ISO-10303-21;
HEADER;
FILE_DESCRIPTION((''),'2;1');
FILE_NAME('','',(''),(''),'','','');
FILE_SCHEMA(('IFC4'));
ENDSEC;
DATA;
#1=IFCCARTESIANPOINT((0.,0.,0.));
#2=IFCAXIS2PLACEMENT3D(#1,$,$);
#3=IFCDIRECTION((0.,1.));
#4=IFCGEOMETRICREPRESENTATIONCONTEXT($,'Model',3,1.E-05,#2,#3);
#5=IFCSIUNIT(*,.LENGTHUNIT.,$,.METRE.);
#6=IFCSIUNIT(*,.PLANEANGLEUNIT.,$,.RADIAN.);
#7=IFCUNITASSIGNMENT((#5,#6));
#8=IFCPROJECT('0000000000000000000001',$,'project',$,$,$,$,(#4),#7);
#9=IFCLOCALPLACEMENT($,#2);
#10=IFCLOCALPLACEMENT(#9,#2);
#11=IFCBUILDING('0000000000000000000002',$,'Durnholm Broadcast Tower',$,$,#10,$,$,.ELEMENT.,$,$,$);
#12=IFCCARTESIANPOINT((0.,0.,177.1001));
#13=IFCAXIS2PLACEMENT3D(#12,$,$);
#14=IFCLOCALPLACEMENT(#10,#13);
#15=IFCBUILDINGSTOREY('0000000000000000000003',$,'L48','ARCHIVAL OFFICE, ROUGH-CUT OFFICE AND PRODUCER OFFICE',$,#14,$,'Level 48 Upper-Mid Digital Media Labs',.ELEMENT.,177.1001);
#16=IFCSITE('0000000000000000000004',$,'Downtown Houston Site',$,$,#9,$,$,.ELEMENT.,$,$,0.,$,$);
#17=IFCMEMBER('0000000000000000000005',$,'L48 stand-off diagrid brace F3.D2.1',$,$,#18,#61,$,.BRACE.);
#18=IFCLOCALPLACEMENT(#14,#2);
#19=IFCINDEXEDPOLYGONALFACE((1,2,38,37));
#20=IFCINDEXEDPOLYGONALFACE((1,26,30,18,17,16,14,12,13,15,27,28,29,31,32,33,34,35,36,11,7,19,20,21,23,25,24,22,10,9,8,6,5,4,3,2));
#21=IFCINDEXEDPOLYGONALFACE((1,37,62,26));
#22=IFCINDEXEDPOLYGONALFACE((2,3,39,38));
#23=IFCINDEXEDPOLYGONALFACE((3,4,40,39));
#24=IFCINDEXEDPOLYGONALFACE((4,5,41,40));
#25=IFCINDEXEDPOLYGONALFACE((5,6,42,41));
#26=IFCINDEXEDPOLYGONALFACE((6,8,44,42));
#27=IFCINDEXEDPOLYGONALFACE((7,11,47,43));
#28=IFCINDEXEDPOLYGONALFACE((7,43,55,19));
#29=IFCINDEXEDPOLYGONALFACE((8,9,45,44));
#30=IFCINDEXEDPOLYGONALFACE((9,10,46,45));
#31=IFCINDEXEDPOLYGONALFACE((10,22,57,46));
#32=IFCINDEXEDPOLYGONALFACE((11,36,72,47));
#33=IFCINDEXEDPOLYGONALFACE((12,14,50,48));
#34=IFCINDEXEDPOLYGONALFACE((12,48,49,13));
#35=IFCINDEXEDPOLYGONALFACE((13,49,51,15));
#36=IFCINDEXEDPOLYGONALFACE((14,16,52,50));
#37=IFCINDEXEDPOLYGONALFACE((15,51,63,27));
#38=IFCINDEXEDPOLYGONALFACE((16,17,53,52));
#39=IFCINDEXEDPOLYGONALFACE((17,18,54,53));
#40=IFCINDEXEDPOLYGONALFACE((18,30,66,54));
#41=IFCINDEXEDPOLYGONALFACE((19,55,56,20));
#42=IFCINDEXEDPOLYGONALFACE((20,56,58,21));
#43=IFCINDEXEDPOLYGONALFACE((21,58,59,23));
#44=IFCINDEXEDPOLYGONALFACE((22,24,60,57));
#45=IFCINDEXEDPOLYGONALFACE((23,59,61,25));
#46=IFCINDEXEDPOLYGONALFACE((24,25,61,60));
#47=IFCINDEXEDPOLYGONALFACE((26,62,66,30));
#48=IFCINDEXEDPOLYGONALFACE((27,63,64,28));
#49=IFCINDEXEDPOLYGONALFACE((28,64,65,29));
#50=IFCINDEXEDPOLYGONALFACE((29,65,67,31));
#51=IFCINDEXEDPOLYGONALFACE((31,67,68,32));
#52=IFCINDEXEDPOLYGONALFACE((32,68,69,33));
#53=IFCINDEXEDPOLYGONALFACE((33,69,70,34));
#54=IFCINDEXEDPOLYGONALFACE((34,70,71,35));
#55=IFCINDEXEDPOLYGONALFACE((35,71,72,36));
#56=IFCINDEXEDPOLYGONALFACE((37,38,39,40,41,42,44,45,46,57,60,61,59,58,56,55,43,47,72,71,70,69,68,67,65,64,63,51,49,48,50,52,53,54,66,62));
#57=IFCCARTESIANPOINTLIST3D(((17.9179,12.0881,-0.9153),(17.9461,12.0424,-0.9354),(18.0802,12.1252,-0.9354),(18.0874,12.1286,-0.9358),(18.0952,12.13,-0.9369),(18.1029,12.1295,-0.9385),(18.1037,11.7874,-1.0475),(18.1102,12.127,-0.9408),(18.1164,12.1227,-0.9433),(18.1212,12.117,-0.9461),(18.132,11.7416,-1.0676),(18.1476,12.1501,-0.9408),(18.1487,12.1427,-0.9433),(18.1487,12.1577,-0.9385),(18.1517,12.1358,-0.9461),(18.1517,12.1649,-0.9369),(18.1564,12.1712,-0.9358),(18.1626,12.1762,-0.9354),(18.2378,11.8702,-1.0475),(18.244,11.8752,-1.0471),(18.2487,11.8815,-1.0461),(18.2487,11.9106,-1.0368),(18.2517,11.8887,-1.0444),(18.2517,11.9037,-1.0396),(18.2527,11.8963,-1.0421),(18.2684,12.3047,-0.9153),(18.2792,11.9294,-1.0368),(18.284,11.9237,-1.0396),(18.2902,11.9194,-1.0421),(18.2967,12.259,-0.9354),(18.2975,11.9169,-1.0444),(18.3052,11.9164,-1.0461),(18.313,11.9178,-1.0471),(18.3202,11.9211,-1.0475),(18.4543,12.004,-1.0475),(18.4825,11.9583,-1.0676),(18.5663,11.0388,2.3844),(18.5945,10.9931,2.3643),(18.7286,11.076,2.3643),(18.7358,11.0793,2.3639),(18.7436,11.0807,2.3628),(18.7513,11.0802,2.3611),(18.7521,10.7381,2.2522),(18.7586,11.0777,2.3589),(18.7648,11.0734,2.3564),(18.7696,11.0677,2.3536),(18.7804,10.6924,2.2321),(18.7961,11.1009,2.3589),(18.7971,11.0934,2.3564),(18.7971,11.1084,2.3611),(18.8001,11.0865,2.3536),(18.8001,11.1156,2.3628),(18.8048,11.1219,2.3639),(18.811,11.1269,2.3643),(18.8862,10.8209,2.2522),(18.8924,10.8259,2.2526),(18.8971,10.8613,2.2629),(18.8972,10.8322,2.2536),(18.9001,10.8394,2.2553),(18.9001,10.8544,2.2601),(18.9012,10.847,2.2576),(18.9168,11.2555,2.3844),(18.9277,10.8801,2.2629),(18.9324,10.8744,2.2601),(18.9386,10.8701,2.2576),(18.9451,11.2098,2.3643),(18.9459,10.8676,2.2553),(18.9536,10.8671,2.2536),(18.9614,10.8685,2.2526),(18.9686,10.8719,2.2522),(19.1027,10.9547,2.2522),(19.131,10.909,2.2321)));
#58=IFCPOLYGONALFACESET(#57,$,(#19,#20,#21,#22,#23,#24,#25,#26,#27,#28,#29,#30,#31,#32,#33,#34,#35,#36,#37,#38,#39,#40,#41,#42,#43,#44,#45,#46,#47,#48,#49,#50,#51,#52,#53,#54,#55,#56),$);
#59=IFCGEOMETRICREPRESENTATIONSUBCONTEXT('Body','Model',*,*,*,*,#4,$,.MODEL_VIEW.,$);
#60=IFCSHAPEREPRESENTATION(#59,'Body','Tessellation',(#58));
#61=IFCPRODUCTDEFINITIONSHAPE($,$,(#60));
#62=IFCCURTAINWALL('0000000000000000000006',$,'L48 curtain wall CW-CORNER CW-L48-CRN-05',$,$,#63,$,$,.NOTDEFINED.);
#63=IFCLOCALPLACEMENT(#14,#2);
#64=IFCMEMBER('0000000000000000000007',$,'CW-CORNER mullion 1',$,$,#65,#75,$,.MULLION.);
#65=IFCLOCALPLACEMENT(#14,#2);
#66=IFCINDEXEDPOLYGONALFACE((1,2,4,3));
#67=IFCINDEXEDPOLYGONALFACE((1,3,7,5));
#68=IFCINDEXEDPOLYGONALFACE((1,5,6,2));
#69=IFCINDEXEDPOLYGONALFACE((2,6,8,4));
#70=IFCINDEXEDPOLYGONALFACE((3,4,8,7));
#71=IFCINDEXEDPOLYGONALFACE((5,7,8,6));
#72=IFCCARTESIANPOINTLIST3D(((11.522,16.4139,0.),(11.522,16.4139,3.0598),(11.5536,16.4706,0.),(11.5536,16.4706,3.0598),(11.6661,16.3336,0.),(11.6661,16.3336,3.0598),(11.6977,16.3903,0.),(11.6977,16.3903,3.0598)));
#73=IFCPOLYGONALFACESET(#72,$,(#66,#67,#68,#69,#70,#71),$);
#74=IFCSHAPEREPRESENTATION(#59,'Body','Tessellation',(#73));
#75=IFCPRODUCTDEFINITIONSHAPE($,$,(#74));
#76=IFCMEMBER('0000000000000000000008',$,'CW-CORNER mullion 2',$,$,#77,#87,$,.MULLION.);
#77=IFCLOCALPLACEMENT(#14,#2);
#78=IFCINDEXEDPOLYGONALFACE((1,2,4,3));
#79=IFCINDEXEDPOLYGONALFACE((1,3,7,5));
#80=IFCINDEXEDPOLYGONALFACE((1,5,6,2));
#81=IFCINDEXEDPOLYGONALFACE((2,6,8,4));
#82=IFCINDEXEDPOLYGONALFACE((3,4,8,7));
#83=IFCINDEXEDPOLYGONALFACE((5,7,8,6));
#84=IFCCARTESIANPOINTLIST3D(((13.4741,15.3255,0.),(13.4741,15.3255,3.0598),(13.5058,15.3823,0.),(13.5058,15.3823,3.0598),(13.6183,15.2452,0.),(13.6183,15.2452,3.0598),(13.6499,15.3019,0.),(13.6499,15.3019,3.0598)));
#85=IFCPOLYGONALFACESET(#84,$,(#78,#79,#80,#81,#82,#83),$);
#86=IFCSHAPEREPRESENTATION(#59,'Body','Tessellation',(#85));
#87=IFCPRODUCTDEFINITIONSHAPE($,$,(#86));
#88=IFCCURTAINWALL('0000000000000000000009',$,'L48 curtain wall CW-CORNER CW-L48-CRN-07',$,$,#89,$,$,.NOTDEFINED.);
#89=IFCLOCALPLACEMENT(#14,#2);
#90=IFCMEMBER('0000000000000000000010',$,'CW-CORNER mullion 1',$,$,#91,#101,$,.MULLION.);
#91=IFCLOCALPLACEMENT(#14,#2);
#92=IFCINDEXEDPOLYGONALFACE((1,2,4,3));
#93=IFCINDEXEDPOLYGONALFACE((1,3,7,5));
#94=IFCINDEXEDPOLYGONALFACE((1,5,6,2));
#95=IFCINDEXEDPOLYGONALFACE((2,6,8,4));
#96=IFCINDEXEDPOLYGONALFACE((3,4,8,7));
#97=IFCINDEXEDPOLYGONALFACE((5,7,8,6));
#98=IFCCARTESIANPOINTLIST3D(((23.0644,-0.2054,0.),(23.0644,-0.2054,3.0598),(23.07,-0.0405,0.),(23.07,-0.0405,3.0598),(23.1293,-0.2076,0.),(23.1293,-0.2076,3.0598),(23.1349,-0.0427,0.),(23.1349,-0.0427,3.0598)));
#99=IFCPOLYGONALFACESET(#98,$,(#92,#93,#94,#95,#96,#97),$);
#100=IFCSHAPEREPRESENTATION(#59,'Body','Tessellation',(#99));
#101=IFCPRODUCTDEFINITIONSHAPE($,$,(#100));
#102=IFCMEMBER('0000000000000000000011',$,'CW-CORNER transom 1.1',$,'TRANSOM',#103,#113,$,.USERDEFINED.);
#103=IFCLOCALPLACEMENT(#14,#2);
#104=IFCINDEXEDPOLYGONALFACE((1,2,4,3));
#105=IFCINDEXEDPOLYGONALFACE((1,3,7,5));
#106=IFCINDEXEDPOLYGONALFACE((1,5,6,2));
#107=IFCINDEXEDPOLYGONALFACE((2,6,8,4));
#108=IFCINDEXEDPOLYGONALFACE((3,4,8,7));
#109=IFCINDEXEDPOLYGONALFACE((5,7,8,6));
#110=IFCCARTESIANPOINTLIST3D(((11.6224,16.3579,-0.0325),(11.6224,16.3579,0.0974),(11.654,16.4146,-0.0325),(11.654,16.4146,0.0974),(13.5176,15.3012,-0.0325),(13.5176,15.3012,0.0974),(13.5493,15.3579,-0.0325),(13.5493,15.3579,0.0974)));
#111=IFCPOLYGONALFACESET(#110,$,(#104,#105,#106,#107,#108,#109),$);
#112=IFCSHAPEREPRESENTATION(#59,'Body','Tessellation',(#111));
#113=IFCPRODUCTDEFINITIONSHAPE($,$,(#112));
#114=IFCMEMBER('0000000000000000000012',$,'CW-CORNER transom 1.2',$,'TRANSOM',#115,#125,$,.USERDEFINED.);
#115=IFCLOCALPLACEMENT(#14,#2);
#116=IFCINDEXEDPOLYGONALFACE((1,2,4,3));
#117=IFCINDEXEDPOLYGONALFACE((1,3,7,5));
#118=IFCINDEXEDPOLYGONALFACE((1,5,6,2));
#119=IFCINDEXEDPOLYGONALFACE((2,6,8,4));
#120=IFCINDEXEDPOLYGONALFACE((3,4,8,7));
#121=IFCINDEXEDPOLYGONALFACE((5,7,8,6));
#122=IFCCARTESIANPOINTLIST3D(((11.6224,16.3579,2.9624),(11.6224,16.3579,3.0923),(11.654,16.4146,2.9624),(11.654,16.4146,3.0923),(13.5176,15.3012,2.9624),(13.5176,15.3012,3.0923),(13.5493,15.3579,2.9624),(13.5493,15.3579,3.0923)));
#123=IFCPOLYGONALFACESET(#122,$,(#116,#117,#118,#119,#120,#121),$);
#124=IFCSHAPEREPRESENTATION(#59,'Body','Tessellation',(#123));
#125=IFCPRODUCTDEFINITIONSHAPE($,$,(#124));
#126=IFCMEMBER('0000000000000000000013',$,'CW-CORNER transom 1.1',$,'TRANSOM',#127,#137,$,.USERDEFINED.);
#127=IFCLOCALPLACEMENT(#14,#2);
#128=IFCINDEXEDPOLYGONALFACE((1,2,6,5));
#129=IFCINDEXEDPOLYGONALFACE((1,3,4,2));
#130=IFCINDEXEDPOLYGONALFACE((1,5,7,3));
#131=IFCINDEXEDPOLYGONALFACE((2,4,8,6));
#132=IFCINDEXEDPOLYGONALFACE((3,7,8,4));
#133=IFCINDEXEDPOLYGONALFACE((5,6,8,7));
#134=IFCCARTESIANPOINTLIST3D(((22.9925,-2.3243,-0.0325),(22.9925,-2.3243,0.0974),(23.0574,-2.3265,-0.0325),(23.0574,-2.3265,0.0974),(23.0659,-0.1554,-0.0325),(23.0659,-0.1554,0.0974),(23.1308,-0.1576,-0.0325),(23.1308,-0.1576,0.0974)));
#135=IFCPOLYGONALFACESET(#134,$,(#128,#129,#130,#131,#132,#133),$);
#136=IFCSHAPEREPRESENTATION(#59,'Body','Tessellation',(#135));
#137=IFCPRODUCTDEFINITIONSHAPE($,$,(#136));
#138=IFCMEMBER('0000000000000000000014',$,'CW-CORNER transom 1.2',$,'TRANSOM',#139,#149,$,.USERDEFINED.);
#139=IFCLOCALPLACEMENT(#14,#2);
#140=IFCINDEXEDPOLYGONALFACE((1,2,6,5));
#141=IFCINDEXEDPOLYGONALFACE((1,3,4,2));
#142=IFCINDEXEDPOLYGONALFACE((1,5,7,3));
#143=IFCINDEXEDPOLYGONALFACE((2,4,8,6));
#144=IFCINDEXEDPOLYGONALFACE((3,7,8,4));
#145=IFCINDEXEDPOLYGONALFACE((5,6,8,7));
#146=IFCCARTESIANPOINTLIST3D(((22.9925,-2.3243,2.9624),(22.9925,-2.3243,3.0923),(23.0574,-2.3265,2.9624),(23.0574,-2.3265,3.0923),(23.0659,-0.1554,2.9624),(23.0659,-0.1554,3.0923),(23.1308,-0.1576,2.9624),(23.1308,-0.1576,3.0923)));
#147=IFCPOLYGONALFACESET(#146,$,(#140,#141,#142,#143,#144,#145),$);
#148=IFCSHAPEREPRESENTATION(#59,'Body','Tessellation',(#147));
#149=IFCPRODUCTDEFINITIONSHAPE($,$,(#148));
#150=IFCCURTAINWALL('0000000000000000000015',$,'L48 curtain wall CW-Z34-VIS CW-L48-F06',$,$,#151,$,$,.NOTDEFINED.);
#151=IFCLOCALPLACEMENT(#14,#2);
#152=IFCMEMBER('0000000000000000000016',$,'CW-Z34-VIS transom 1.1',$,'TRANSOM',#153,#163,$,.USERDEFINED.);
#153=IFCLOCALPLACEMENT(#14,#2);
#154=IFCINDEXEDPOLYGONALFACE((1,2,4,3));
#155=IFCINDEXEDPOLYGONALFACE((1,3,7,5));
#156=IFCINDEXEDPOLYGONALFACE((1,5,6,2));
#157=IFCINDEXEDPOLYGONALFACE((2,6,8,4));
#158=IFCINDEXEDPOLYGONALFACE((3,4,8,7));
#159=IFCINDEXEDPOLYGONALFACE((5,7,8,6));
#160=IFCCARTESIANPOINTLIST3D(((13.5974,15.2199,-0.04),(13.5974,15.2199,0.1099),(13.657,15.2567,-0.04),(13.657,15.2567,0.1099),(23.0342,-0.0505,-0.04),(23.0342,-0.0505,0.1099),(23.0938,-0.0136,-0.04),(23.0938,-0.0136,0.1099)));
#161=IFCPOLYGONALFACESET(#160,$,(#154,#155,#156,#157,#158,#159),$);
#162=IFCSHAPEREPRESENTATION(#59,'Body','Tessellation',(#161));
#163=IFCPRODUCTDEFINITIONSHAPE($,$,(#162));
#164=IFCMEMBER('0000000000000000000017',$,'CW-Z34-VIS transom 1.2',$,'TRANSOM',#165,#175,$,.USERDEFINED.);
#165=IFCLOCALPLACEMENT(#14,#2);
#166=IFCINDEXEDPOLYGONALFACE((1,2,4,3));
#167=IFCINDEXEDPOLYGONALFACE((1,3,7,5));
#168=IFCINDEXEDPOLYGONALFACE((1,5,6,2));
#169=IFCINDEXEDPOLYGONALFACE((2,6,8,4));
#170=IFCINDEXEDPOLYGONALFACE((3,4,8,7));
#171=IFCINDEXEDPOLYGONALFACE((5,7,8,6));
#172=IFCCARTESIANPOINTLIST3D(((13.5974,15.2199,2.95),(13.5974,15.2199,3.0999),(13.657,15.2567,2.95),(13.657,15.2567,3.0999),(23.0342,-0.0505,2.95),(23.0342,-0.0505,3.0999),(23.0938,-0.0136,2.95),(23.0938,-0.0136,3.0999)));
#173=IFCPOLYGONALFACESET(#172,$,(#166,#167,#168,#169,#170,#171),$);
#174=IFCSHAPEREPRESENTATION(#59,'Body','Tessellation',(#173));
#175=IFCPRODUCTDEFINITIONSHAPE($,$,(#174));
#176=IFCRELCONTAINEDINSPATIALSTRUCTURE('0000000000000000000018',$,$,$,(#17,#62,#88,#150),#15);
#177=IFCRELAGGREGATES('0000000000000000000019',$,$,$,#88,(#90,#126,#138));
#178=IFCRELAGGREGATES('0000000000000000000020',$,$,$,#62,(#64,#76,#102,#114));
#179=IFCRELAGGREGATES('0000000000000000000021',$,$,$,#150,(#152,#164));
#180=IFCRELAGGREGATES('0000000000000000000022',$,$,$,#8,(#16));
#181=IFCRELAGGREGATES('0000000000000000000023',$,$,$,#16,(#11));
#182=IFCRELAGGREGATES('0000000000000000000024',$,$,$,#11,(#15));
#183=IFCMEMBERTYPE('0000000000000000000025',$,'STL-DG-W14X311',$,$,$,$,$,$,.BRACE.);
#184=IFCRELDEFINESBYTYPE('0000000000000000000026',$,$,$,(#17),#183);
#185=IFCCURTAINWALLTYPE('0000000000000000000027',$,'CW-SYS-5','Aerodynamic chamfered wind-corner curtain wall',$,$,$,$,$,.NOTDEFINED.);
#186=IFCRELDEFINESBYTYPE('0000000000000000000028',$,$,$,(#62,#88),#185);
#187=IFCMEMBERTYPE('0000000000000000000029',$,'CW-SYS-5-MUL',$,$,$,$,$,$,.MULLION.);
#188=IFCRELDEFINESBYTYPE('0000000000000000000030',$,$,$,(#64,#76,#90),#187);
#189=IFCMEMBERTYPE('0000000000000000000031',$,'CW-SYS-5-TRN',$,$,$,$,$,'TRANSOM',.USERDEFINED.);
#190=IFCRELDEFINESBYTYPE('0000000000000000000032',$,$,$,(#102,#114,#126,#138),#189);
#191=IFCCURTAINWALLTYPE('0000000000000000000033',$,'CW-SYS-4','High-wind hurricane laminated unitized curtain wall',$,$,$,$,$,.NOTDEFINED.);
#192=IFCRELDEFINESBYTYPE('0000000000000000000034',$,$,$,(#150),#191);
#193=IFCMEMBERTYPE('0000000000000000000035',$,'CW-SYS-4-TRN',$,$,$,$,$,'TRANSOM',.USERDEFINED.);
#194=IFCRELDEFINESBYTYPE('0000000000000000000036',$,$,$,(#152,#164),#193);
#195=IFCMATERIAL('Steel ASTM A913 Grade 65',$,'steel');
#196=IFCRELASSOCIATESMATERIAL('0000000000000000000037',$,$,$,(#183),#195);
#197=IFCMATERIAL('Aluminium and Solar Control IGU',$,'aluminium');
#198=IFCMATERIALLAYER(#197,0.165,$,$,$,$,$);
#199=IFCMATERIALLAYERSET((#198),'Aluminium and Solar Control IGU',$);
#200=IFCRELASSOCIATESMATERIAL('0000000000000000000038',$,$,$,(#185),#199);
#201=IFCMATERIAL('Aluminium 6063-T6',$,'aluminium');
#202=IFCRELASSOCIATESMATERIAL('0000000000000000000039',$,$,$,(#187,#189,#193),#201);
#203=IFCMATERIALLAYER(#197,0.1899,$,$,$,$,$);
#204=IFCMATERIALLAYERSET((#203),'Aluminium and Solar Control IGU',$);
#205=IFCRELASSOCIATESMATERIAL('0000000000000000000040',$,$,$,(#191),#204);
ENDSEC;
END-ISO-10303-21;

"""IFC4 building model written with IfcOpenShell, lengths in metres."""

from ifc_helpers import new_model, si_unit, direction, frame, origin, origin_2d, place, context, subcontext, project, spatial, rectangle, i_section, extrude, source, transform, mapped, material, layer, layer_set, material_profile, profile_set, type_object, type_shapes, element, aggregate, save


model = new_model("IFC4")

# Units and contexts
model_context = context("Model", 3, precision=1e-05, world=origin(), true_north=direction((0.0, 1.0)))
body_context = subcontext(model_context, "Body", "Model", "MODEL_VIEW")
ifc_project = project(units=[si_unit("LENGTHUNIT", "METRE"), si_unit("PLANEANGLEUNIT", "RADIAN")], contexts=[model_context])

# Site, building, storey
site_placement = place(None, origin())
site = spatial("IfcSite", under=ifc_project, at=site_placement, Name="Downtown Houston Site", CompositionType="ELEMENT", RefElevation=0.0)
building_placement = place(site_placement, origin())
building = spatial("IfcBuilding", under=site, at=building_placement, Name="Durnholm Broadcast Tower", CompositionType="ELEMENT")
storey_placement = place(building_placement, frame((0.0, 0.0, 177.1001)))
storey = spatial("IfcBuildingStorey", under=building, at=storey_placement, Name="L48", Description="ARCHIVAL OFFICE, ROUGH-CUT OFFICE AND PRODUCER OFFICE", LongName="Level 48 Upper-Mid Digital Media Labs", CompositionType="ELEMENT", Elevation=177.1001)

# Member
ifc_material_1 = material(Name="Steel ASTM A913 Grade 65", Category="steel")
ifc_material_profile_1 = material_profile(ifc_material_1, i_section(OverallWidth=0.4121, OverallDepth=0.4348, WebThickness=0.0359, FlangeThickness=0.0574, FilletRadius=0.0305, at=origin_2d()), Name="W14X311")
ifc_profile_set_1 = profile_set([ifc_material_profile_1], Name="Steel ASTM A913 Grade 65")
member_type_1 = type_object("IfcMemberType", Name="STL-DG-W14X311", PredefinedType="BRACE", material=ifc_profile_set_1)
shared_shape_1 = source(origin(), body_context, "Body", "SweptSolid", [
    extrude(i_section(OverallWidth=0.4121, OverallDepth=0.4348, WebThickness=0.0359, FlangeThickness=0.0574, FilletRadius=0.0305, at=origin_2d()), origin(), (0.0, 0.0, 1.0), 3.5227),
])
for number, where, z_axis, x_axis, name in (
    (1, (18.2002, 12.0232, -0.9915), (0.184068, -0.297863, 0.936695), (0.850678, 0.525687, 0.0), "L48 stand-off diagrid brace F3.D2.1"),
):
    element("IfcMember", number, at=place(storey_placement, frame(where, z_axis=z_axis, x_axis=x_axis)), inside=storey, type_object=member_type_1, Name=name, PredefinedType="BRACE", context=body_context, shape_type="MappedRepresentation", body=[
        mapped(shared_shape_1, transform((0.0, 0.0, 0.0), x_axis=(1.0, 0.0, 0.0), y_axis=(0.0, 1.0, 0.0), z_axis=(0.0, 0.0, 1.0), scale=1.0)),
    ])

# Curtain wall, members
ifc_material_2 = material(Name="Aluminium and Solar Control IGU", Category="aluminium")
ifc_layer_1 = layer(ifc_material_2, 0.165)
ifc_layer_set_1 = layer_set([ifc_layer_1], Name="Aluminium and Solar Control IGU")
curtain_wall_type_1 = type_object("IfcCurtainWallType", Name="CW-SYS-5", Description="Aerodynamic chamfered wind-corner curtain wall", PredefinedType="NOTDEFINED", material=ifc_layer_set_1)
curtain_wall_1_placement = place(storey_placement, origin())
curtain_wall_1 = element("IfcCurtainWall", 2, at=curtain_wall_1_placement, inside=storey, type_object=curtain_wall_type_1, Name="L48 curtain wall CW-CORNER CW-L48-CRN-05", PredefinedType="NOTDEFINED")
ifc_material_3 = material(Name="Aluminium 6063-T6", Category="aluminium")
ifc_material_profile_2 = material_profile(ifc_material_3, rectangle(XDim=0.0649, YDim=0.165, at=origin_2d()), Name="CWM65X165")
ifc_profile_set_2 = profile_set([ifc_material_profile_2], Name="Aluminium 6063-T6")
member_type_2 = type_object("IfcMemberType", Name="CW-SYS-5-MUL", PredefinedType="MULLION", material=ifc_profile_set_2)
shared_shape_2 = source(origin(), body_context, "Body", "SweptSolid", [
    extrude(rectangle(XDim=0.0649, YDim=0.165, at=origin_2d()), origin(), (0.0, 0.0, 1.0), 3.0598),
])
type_shapes(member_type_2, [shared_shape_2])
member_1_placement = place(storey_placement, frame((11.6099, 16.4021, 0.0), z_axis=(0.0, 0.0, 1.0), x_axis=(0.486986, 0.87341, 0.0)))
member_1 = element("IfcMember", 3, at=member_1_placement, type_object=member_type_2, Name="CW-CORNER mullion 1", PredefinedType="MULLION", context=body_context, shape_type="MappedRepresentation", body=[
    mapped(shared_shape_2, transform((0.0, 0.0, 0.0), x_axis=(1.0, 0.0, 0.0), y_axis=(0.0, 1.0, 0.0), z_axis=(0.0, 0.0, 1.0), scale=1.0)),
])
member_2_placement = place(storey_placement, frame((13.562, 15.3137, 0.0), z_axis=(0.0, 0.0, 1.0), x_axis=(0.486986, 0.87341, 0.0)))
member_2 = element("IfcMember", 4, at=member_2_placement, type_object=member_type_2, Name="CW-CORNER mullion 2", PredefinedType="MULLION", context=body_context, shape_type="MappedRepresentation", body=[
    mapped(shared_shape_2, transform((0.0, 0.0, 0.0), x_axis=(1.0, 0.0, 0.0), y_axis=(0.0, 1.0, 0.0), z_axis=(0.0, 0.0, 1.0), scale=1.0)),
])

# Curtain wall, member
curtain_wall_2_placement = place(storey_placement, origin())
curtain_wall_2 = element("IfcCurtainWall", 5, at=curtain_wall_2_placement, inside=storey, type_object=curtain_wall_type_1, Name="L48 curtain wall CW-CORNER CW-L48-CRN-07", PredefinedType="NOTDEFINED")
member_3_placement = place(storey_placement, frame((23.0996, -0.124, 0.0), z_axis=(0.0, 0.0, 1.0), x_axis=(0.999425, -0.033913, 0.0)))
member_3 = element("IfcMember", 6, at=member_3_placement, type_object=member_type_2, Name="CW-CORNER mullion 1", PredefinedType="MULLION", context=body_context, shape_type="MappedRepresentation", body=[
    mapped(shared_shape_2, transform((0.0, 0.0, 0.0), x_axis=(1.0, 0.0, 0.0), y_axis=(0.0, 1.0, 0.0), z_axis=(0.0, 0.0, 1.0), scale=1.0)),
])

# Members
ifc_material_profile_3 = material_profile(ifc_material_3, rectangle(XDim=0.0649, YDim=0.1299, at=origin_2d()), Name="CWT65X130")
ifc_profile_set_3 = profile_set([ifc_material_profile_3], Name="Aluminium 6063-T6")
member_type_3 = type_object("IfcMemberType", Name="CW-SYS-5-TRN", ElementType="TRANSOM", PredefinedType="USERDEFINED", material=ifc_profile_set_3)
shared_shape_3 = source(origin(), body_context, "Body", "SweptSolid", [
    extrude(rectangle(XDim=0.0649, YDim=0.1299, at=origin_2d()), origin(), (0.0, 0.0, 1.0), 2.1699),
])
member_4_placement = place(storey_placement, frame((11.6382, 16.3862, 0.0325), z_axis=(0.873429, -0.486951, 0.0), x_axis=(0.486951, 0.873429, 0.0)))
member_4 = element("IfcMember", 7, at=member_4_placement, type_object=member_type_3, Name="CW-CORNER transom 1.1", ObjectType="TRANSOM", PredefinedType="USERDEFINED", context=body_context, shape_type="MappedRepresentation", body=[
    mapped(shared_shape_3, transform((0.0, 0.0, 0.0), x_axis=(1.0, 0.0, 0.0), y_axis=(0.0, 1.0, 0.0), z_axis=(0.0, 0.0, 1.0), scale=1.0)),
])
member_5_placement = place(storey_placement, frame((11.6382, 16.3862, 3.0273), z_axis=(0.873429, -0.486951, 0.0), x_axis=(0.486951, 0.873429, 0.0)))
member_5 = element("IfcMember", 8, at=member_5_placement, type_object=member_type_3, Name="CW-CORNER transom 1.2", ObjectType="TRANSOM", PredefinedType="USERDEFINED", context=body_context, shape_type="MappedRepresentation", body=[
    mapped(shared_shape_3, transform((0.0, 0.0, 0.0), x_axis=(1.0, 0.0, 0.0), y_axis=(0.0, 1.0, 0.0), z_axis=(0.0, 0.0, 1.0), scale=1.0)),
])
shared_shape_4 = source(origin(), body_context, "Body", "SweptSolid", [
    extrude(rectangle(XDim=0.0649, YDim=0.1299, at=origin_2d()), origin(), (0.0, 0.0, 1.0), 2.1702),
])
type_shapes(member_type_3, [shared_shape_3, shared_shape_4])
member_6_placement = place(storey_placement, frame((23.0984, -0.1565, 0.0325), z_axis=(-0.033862, -0.999427, 0.0), x_axis=(0.999427, -0.033862, 0.0)))
member_6 = element("IfcMember", 9, at=member_6_placement, type_object=member_type_3, Name="CW-CORNER transom 1.1", ObjectType="TRANSOM", PredefinedType="USERDEFINED", context=body_context, shape_type="MappedRepresentation", body=[
    mapped(shared_shape_4, transform((0.0, 0.0, 0.0), x_axis=(1.0, 0.0, 0.0), y_axis=(0.0, 1.0, 0.0), z_axis=(0.0, 0.0, 1.0), scale=1.0)),
])
member_7_placement = place(storey_placement, frame((23.0984, -0.1565, 3.0273), z_axis=(-0.033862, -0.999427, 0.0), x_axis=(0.999427, -0.033862, 0.0)))
member_7 = element("IfcMember", 10, at=member_7_placement, type_object=member_type_3, Name="CW-CORNER transom 1.2", ObjectType="TRANSOM", PredefinedType="USERDEFINED", context=body_context, shape_type="MappedRepresentation", body=[
    mapped(shared_shape_4, transform((0.0, 0.0, 0.0), x_axis=(1.0, 0.0, 0.0), y_axis=(0.0, 1.0, 0.0), z_axis=(0.0, 0.0, 1.0), scale=1.0)),
])

# Curtain wall, members
ifc_layer_2 = layer(ifc_material_2, 0.1899)
ifc_layer_set_2 = layer_set([ifc_layer_2], Name="Aluminium and Solar Control IGU")
curtain_wall_type_2 = type_object("IfcCurtainWallType", Name="CW-SYS-4", Description="High-wind hurricane laminated unitized curtain wall", PredefinedType="NOTDEFINED", material=ifc_layer_set_2)
curtain_wall_3_placement = place(storey_placement, origin())
curtain_wall_3 = element("IfcCurtainWall", 11, at=curtain_wall_3_placement, inside=storey, type_object=curtain_wall_type_2, Name="L48 curtain wall CW-Z34-VIS CW-L48-F06", PredefinedType="NOTDEFINED")
ifc_material_profile_4 = material_profile(ifc_material_3, rectangle(XDim=0.0701, YDim=0.1499, at=origin_2d()), Name="CWT70X150")
ifc_profile_set_4 = profile_set([ifc_material_profile_4], Name="Aluminium 6063-T6")
member_type_4 = type_object("IfcMemberType", Name="CW-SYS-4-TRN", ElementType="TRANSOM", PredefinedType="USERDEFINED", material=ifc_profile_set_4)
shared_shape_5 = source(origin(), body_context, "Body", "SweptSolid", [
    extrude(rectangle(XDim=0.0701, YDim=0.1499, at=origin_2d()), origin(), (0.0, 0.0, 1.0), 17.9509),
])
type_shapes(member_type_4, [shared_shape_5])
member_8_placement = place(storey_placement, frame((13.6272, 15.2383, 0.0349), z_axis=(0.5257, -0.85067, 0.0), x_axis=(0.85067, 0.5257, 0.0)))
member_8 = element("IfcMember", 12, at=member_8_placement, type_object=member_type_4, Name="CW-Z34-VIS transom 1.1", ObjectType="TRANSOM", PredefinedType="USERDEFINED", context=body_context, shape_type="MappedRepresentation", body=[
    mapped(shared_shape_5, transform((0.0, 0.0, 0.0), x_axis=(1.0, 0.0, 0.0), y_axis=(0.0, 1.0, 0.0), z_axis=(0.0, 0.0, 1.0), scale=1.0)),
])
member_9_placement = place(storey_placement, frame((13.6272, 15.2383, 3.0249), z_axis=(0.5257, -0.85067, 0.0), x_axis=(0.85067, 0.5257, 0.0)))
member_9 = element("IfcMember", 13, at=member_9_placement, type_object=member_type_4, Name="CW-Z34-VIS transom 1.2", ObjectType="TRANSOM", PredefinedType="USERDEFINED", context=body_context, shape_type="MappedRepresentation", body=[
    mapped(shared_shape_5, transform((0.0, 0.0, 0.0), x_axis=(1.0, 0.0, 0.0), y_axis=(0.0, 1.0, 0.0), z_axis=(0.0, 0.0, 1.0), scale=1.0)),
])

aggregate(curtain_wall_2, [member_3, member_6, member_7])
aggregate(curtain_wall_1, [member_1, member_2, member_4, member_5])
aggregate(curtain_wall_3, [member_8, member_9])

save(model, "model.ifc")
